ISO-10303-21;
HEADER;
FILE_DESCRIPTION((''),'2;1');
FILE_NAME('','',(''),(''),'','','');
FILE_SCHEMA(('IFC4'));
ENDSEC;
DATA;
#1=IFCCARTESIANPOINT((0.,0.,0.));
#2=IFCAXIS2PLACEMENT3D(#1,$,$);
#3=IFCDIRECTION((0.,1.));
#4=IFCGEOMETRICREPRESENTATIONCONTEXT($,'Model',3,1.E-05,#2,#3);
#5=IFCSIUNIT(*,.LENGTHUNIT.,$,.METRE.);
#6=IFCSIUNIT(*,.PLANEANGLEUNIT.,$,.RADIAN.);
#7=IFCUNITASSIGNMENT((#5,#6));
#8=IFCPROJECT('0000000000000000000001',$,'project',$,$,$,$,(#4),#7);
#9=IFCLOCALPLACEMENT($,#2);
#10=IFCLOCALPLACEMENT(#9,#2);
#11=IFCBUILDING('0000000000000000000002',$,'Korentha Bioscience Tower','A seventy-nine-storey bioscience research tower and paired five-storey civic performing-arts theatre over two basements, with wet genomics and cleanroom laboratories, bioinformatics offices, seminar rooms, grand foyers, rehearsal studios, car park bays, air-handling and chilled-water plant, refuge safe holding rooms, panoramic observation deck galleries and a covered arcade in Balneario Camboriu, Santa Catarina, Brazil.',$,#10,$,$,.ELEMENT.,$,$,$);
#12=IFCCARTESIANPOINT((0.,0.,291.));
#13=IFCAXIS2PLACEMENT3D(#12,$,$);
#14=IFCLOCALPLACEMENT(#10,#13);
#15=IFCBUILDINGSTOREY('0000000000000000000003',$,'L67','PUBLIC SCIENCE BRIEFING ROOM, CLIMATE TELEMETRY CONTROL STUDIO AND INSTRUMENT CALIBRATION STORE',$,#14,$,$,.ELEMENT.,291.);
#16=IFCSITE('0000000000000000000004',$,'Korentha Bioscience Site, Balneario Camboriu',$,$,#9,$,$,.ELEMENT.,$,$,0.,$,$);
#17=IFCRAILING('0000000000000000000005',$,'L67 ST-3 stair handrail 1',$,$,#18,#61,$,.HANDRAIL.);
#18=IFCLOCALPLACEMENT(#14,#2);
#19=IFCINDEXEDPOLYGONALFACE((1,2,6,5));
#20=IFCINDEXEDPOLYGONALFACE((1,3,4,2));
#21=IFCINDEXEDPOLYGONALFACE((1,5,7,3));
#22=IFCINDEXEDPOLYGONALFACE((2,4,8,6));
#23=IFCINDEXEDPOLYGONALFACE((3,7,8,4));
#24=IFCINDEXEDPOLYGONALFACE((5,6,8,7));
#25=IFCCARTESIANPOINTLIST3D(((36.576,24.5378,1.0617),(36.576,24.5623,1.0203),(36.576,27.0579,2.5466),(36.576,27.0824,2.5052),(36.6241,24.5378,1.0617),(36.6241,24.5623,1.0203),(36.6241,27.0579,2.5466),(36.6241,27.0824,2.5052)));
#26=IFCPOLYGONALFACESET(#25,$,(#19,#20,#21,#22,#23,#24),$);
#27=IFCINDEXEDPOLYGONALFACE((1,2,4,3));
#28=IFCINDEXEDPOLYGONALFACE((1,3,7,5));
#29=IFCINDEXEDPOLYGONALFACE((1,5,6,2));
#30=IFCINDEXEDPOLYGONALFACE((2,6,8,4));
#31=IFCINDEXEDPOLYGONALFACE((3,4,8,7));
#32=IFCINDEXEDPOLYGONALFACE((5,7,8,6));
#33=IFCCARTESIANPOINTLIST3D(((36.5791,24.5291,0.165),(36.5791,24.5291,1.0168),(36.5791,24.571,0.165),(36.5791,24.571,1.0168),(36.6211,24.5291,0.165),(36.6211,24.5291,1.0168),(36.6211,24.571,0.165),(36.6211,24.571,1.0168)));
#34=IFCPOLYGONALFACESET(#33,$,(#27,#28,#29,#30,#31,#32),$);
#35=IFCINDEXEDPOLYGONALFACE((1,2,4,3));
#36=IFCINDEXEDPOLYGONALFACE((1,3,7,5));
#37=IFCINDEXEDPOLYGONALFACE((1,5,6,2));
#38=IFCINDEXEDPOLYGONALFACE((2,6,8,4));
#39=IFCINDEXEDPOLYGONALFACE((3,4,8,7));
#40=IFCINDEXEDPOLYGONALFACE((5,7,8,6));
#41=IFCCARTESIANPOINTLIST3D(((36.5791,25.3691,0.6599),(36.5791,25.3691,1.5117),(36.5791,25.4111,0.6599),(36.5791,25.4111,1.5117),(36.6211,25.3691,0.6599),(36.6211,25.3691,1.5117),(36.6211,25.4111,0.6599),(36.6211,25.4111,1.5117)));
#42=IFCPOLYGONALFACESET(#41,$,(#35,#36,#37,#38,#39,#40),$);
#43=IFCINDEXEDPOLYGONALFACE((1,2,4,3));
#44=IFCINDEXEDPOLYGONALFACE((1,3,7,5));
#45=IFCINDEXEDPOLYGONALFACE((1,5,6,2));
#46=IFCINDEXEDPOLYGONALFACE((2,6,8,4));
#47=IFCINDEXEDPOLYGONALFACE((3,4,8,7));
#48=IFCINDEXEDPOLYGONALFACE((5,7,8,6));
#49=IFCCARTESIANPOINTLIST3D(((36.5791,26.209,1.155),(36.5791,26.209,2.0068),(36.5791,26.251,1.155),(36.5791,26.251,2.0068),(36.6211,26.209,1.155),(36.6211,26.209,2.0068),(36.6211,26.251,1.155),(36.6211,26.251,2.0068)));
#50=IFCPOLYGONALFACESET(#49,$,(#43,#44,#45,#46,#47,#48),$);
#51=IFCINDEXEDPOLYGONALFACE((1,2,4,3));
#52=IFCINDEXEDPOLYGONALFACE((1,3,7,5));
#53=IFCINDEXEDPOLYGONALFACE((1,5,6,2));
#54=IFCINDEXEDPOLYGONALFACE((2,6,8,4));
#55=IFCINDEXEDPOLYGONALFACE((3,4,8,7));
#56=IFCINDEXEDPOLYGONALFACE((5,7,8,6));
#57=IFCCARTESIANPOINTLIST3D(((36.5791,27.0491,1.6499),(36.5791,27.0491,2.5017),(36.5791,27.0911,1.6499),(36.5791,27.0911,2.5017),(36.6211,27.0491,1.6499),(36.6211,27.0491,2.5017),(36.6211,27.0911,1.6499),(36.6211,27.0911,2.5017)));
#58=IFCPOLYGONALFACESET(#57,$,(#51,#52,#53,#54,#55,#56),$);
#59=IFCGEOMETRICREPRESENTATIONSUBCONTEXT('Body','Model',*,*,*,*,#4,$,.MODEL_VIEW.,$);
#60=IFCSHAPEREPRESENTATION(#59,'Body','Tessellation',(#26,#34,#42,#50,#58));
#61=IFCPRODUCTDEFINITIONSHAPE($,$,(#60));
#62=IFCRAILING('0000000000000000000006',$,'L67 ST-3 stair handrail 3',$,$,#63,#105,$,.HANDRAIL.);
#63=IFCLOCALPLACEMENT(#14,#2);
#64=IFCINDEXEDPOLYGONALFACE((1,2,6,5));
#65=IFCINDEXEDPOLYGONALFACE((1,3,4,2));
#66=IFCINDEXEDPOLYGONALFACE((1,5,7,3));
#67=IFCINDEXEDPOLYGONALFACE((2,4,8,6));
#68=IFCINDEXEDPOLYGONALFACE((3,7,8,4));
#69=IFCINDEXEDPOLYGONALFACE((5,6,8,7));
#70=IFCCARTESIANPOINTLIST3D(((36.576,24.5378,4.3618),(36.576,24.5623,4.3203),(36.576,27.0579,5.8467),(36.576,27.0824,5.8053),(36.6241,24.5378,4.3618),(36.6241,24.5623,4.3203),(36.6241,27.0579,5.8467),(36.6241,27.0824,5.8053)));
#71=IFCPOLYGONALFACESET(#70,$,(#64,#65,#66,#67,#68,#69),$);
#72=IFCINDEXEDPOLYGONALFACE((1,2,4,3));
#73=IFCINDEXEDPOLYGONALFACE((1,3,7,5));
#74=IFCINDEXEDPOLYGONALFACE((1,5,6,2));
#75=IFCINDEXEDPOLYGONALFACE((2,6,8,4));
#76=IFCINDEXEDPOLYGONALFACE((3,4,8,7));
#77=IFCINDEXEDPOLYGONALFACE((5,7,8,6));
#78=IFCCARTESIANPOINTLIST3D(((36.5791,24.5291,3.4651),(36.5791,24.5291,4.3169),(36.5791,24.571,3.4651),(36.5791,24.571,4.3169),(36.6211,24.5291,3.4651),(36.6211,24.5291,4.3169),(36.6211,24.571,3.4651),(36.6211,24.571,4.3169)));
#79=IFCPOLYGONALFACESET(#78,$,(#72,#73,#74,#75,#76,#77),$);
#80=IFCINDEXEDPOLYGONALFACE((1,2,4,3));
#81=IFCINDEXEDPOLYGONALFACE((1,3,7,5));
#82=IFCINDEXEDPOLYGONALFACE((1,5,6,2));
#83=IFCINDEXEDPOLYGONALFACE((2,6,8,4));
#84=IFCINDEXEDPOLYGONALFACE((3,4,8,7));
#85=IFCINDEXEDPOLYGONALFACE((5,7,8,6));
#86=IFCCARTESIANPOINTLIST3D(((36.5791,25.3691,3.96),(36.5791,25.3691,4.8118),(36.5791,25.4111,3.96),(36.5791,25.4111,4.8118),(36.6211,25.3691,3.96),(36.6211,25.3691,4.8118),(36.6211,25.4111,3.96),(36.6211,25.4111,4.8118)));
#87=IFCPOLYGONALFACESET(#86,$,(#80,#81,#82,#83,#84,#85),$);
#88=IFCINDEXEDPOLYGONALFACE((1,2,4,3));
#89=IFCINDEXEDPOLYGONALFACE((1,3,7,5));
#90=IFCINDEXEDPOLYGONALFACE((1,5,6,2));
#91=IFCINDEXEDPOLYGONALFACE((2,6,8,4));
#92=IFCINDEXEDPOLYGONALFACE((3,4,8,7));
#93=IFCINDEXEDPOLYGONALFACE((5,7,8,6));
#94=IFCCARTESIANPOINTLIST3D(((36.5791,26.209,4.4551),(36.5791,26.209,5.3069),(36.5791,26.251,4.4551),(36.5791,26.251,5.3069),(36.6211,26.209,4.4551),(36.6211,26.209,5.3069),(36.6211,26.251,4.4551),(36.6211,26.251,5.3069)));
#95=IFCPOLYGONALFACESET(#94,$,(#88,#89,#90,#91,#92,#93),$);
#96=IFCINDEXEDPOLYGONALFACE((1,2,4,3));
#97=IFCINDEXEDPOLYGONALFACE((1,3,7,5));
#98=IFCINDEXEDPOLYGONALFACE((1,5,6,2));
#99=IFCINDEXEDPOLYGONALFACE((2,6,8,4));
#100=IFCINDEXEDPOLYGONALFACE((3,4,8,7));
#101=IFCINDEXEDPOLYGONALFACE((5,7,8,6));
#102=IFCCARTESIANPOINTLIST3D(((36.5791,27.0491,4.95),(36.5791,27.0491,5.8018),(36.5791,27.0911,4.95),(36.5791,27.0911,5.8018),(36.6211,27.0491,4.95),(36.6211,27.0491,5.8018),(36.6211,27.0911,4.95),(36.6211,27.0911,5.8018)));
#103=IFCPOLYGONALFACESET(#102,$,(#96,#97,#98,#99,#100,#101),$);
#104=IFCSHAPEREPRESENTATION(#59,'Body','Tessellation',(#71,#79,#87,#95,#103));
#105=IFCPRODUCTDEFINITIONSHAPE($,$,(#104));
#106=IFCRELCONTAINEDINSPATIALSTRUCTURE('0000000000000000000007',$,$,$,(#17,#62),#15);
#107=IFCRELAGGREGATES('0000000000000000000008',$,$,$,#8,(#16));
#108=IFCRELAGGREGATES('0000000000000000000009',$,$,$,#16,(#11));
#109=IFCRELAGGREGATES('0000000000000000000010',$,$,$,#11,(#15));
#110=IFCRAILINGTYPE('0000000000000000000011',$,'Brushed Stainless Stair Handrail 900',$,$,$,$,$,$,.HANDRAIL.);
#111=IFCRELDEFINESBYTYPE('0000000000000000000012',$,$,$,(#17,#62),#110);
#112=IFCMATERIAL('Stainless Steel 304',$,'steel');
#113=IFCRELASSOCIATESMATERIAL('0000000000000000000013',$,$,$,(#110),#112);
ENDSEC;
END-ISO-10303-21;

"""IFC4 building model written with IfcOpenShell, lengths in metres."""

from ifc_helpers import new_model, si_unit, direction, frame, origin, origin_2d, place, context, subcontext, project, spatial, rectangle, extrude, material, type_object, element, save


model = new_model("IFC4")

# Units and contexts
model_context = context("Model", 3, precision=1e-05, world=origin(), true_north=direction((0.0, 1.0)))
body_context = subcontext(model_context, "Body", "Model", "MODEL_VIEW")
ifc_project = project(units=[si_unit("LENGTHUNIT", "METRE"), si_unit("PLANEANGLEUNIT", "RADIAN")], contexts=[model_context])

# Site, building, storey
site_placement = place(None, origin())
site = spatial("IfcSite", under=ifc_project, at=site_placement, Name="Korentha Bioscience Site, Balneario Camboriu", CompositionType="ELEMENT", RefElevation=0.0)
building_placement = place(site_placement, origin())
building = spatial("IfcBuilding", under=site, at=building_placement, Name="Korentha Bioscience Tower", Description="A seventy-nine-storey bioscience research tower and paired five-storey civic performing-arts theatre over two basements, with wet genomics and cleanroom laboratories, bioinformatics offices, seminar rooms, grand foyers, rehearsal studios, car park bays, air-handling and chilled-water plant, refuge safe holding rooms, panoramic observation deck galleries and a covered arcade in Balneario Camboriu, Santa Catarina, Brazil.", CompositionType="ELEMENT")
storey_placement = place(building_placement, frame((0.0, 0.0, 291.0)))
storey = spatial("IfcBuildingStorey", under=building, at=storey_placement, Name="L67", Description="PUBLIC SCIENCE BRIEFING ROOM, CLIMATE TELEMETRY CONTROL STUDIO AND INSTRUMENT CALIBRATION STORE", CompositionType="ELEMENT", Elevation=291.0)

# Railings
ifc_material_1 = material(Name="Stainless Steel 304", Category="steel")
railing_type = type_object("IfcRailingType", Name="Brushed Stainless Stair Handrail 900", PredefinedType="HANDRAIL", material=ifc_material_1)
for number, where, name in (
    (1, (36.6001, 24.55, 0.165), "L67 ST-3 stair handrail 1"),
    (2, (36.6001, 24.55, 3.4651), "L67 ST-3 stair handrail 3"),
):
    element("IfcRailing", number, at=place(storey_placement, frame(where)), inside=storey, type_object=railing_type, Name=name, PredefinedType="HANDRAIL", context=body_context, shape_type="SweptSolid", body=[
        extrude(rectangle(XDim=0.0481, YDim=0.0481, at=origin_2d()), frame((0.0, 0.0, 0.876), z_axis=(0.0, 0.861561, 0.507655), x_axis=(-1.0, 0.0, 0.0)), (0.0, 0.0, 1.0), 2.925),
        extrude(rectangle(XDim=0.042, YDim=0.042, at=origin_2d()), origin(), (0.0, 0.0, 1.0), 0.8518),
        extrude(rectangle(XDim=0.042, YDim=0.042, at=origin_2d()), frame((0.0, 0.8401, 0.4949)), (0.0, 0.0, 1.0), 0.8518),
        extrude(rectangle(XDim=0.042, YDim=0.042, at=origin_2d()), frame((0.0, 1.6799, 0.99)), (0.0, 0.0, 1.0), 0.8518),
        extrude(rectangle(XDim=0.042, YDim=0.042, at=origin_2d()), frame((0.0, 2.52, 1.4849)), (0.0, 0.0, 1.0), 0.8518),
    ])

save(model, "model.ifc")
